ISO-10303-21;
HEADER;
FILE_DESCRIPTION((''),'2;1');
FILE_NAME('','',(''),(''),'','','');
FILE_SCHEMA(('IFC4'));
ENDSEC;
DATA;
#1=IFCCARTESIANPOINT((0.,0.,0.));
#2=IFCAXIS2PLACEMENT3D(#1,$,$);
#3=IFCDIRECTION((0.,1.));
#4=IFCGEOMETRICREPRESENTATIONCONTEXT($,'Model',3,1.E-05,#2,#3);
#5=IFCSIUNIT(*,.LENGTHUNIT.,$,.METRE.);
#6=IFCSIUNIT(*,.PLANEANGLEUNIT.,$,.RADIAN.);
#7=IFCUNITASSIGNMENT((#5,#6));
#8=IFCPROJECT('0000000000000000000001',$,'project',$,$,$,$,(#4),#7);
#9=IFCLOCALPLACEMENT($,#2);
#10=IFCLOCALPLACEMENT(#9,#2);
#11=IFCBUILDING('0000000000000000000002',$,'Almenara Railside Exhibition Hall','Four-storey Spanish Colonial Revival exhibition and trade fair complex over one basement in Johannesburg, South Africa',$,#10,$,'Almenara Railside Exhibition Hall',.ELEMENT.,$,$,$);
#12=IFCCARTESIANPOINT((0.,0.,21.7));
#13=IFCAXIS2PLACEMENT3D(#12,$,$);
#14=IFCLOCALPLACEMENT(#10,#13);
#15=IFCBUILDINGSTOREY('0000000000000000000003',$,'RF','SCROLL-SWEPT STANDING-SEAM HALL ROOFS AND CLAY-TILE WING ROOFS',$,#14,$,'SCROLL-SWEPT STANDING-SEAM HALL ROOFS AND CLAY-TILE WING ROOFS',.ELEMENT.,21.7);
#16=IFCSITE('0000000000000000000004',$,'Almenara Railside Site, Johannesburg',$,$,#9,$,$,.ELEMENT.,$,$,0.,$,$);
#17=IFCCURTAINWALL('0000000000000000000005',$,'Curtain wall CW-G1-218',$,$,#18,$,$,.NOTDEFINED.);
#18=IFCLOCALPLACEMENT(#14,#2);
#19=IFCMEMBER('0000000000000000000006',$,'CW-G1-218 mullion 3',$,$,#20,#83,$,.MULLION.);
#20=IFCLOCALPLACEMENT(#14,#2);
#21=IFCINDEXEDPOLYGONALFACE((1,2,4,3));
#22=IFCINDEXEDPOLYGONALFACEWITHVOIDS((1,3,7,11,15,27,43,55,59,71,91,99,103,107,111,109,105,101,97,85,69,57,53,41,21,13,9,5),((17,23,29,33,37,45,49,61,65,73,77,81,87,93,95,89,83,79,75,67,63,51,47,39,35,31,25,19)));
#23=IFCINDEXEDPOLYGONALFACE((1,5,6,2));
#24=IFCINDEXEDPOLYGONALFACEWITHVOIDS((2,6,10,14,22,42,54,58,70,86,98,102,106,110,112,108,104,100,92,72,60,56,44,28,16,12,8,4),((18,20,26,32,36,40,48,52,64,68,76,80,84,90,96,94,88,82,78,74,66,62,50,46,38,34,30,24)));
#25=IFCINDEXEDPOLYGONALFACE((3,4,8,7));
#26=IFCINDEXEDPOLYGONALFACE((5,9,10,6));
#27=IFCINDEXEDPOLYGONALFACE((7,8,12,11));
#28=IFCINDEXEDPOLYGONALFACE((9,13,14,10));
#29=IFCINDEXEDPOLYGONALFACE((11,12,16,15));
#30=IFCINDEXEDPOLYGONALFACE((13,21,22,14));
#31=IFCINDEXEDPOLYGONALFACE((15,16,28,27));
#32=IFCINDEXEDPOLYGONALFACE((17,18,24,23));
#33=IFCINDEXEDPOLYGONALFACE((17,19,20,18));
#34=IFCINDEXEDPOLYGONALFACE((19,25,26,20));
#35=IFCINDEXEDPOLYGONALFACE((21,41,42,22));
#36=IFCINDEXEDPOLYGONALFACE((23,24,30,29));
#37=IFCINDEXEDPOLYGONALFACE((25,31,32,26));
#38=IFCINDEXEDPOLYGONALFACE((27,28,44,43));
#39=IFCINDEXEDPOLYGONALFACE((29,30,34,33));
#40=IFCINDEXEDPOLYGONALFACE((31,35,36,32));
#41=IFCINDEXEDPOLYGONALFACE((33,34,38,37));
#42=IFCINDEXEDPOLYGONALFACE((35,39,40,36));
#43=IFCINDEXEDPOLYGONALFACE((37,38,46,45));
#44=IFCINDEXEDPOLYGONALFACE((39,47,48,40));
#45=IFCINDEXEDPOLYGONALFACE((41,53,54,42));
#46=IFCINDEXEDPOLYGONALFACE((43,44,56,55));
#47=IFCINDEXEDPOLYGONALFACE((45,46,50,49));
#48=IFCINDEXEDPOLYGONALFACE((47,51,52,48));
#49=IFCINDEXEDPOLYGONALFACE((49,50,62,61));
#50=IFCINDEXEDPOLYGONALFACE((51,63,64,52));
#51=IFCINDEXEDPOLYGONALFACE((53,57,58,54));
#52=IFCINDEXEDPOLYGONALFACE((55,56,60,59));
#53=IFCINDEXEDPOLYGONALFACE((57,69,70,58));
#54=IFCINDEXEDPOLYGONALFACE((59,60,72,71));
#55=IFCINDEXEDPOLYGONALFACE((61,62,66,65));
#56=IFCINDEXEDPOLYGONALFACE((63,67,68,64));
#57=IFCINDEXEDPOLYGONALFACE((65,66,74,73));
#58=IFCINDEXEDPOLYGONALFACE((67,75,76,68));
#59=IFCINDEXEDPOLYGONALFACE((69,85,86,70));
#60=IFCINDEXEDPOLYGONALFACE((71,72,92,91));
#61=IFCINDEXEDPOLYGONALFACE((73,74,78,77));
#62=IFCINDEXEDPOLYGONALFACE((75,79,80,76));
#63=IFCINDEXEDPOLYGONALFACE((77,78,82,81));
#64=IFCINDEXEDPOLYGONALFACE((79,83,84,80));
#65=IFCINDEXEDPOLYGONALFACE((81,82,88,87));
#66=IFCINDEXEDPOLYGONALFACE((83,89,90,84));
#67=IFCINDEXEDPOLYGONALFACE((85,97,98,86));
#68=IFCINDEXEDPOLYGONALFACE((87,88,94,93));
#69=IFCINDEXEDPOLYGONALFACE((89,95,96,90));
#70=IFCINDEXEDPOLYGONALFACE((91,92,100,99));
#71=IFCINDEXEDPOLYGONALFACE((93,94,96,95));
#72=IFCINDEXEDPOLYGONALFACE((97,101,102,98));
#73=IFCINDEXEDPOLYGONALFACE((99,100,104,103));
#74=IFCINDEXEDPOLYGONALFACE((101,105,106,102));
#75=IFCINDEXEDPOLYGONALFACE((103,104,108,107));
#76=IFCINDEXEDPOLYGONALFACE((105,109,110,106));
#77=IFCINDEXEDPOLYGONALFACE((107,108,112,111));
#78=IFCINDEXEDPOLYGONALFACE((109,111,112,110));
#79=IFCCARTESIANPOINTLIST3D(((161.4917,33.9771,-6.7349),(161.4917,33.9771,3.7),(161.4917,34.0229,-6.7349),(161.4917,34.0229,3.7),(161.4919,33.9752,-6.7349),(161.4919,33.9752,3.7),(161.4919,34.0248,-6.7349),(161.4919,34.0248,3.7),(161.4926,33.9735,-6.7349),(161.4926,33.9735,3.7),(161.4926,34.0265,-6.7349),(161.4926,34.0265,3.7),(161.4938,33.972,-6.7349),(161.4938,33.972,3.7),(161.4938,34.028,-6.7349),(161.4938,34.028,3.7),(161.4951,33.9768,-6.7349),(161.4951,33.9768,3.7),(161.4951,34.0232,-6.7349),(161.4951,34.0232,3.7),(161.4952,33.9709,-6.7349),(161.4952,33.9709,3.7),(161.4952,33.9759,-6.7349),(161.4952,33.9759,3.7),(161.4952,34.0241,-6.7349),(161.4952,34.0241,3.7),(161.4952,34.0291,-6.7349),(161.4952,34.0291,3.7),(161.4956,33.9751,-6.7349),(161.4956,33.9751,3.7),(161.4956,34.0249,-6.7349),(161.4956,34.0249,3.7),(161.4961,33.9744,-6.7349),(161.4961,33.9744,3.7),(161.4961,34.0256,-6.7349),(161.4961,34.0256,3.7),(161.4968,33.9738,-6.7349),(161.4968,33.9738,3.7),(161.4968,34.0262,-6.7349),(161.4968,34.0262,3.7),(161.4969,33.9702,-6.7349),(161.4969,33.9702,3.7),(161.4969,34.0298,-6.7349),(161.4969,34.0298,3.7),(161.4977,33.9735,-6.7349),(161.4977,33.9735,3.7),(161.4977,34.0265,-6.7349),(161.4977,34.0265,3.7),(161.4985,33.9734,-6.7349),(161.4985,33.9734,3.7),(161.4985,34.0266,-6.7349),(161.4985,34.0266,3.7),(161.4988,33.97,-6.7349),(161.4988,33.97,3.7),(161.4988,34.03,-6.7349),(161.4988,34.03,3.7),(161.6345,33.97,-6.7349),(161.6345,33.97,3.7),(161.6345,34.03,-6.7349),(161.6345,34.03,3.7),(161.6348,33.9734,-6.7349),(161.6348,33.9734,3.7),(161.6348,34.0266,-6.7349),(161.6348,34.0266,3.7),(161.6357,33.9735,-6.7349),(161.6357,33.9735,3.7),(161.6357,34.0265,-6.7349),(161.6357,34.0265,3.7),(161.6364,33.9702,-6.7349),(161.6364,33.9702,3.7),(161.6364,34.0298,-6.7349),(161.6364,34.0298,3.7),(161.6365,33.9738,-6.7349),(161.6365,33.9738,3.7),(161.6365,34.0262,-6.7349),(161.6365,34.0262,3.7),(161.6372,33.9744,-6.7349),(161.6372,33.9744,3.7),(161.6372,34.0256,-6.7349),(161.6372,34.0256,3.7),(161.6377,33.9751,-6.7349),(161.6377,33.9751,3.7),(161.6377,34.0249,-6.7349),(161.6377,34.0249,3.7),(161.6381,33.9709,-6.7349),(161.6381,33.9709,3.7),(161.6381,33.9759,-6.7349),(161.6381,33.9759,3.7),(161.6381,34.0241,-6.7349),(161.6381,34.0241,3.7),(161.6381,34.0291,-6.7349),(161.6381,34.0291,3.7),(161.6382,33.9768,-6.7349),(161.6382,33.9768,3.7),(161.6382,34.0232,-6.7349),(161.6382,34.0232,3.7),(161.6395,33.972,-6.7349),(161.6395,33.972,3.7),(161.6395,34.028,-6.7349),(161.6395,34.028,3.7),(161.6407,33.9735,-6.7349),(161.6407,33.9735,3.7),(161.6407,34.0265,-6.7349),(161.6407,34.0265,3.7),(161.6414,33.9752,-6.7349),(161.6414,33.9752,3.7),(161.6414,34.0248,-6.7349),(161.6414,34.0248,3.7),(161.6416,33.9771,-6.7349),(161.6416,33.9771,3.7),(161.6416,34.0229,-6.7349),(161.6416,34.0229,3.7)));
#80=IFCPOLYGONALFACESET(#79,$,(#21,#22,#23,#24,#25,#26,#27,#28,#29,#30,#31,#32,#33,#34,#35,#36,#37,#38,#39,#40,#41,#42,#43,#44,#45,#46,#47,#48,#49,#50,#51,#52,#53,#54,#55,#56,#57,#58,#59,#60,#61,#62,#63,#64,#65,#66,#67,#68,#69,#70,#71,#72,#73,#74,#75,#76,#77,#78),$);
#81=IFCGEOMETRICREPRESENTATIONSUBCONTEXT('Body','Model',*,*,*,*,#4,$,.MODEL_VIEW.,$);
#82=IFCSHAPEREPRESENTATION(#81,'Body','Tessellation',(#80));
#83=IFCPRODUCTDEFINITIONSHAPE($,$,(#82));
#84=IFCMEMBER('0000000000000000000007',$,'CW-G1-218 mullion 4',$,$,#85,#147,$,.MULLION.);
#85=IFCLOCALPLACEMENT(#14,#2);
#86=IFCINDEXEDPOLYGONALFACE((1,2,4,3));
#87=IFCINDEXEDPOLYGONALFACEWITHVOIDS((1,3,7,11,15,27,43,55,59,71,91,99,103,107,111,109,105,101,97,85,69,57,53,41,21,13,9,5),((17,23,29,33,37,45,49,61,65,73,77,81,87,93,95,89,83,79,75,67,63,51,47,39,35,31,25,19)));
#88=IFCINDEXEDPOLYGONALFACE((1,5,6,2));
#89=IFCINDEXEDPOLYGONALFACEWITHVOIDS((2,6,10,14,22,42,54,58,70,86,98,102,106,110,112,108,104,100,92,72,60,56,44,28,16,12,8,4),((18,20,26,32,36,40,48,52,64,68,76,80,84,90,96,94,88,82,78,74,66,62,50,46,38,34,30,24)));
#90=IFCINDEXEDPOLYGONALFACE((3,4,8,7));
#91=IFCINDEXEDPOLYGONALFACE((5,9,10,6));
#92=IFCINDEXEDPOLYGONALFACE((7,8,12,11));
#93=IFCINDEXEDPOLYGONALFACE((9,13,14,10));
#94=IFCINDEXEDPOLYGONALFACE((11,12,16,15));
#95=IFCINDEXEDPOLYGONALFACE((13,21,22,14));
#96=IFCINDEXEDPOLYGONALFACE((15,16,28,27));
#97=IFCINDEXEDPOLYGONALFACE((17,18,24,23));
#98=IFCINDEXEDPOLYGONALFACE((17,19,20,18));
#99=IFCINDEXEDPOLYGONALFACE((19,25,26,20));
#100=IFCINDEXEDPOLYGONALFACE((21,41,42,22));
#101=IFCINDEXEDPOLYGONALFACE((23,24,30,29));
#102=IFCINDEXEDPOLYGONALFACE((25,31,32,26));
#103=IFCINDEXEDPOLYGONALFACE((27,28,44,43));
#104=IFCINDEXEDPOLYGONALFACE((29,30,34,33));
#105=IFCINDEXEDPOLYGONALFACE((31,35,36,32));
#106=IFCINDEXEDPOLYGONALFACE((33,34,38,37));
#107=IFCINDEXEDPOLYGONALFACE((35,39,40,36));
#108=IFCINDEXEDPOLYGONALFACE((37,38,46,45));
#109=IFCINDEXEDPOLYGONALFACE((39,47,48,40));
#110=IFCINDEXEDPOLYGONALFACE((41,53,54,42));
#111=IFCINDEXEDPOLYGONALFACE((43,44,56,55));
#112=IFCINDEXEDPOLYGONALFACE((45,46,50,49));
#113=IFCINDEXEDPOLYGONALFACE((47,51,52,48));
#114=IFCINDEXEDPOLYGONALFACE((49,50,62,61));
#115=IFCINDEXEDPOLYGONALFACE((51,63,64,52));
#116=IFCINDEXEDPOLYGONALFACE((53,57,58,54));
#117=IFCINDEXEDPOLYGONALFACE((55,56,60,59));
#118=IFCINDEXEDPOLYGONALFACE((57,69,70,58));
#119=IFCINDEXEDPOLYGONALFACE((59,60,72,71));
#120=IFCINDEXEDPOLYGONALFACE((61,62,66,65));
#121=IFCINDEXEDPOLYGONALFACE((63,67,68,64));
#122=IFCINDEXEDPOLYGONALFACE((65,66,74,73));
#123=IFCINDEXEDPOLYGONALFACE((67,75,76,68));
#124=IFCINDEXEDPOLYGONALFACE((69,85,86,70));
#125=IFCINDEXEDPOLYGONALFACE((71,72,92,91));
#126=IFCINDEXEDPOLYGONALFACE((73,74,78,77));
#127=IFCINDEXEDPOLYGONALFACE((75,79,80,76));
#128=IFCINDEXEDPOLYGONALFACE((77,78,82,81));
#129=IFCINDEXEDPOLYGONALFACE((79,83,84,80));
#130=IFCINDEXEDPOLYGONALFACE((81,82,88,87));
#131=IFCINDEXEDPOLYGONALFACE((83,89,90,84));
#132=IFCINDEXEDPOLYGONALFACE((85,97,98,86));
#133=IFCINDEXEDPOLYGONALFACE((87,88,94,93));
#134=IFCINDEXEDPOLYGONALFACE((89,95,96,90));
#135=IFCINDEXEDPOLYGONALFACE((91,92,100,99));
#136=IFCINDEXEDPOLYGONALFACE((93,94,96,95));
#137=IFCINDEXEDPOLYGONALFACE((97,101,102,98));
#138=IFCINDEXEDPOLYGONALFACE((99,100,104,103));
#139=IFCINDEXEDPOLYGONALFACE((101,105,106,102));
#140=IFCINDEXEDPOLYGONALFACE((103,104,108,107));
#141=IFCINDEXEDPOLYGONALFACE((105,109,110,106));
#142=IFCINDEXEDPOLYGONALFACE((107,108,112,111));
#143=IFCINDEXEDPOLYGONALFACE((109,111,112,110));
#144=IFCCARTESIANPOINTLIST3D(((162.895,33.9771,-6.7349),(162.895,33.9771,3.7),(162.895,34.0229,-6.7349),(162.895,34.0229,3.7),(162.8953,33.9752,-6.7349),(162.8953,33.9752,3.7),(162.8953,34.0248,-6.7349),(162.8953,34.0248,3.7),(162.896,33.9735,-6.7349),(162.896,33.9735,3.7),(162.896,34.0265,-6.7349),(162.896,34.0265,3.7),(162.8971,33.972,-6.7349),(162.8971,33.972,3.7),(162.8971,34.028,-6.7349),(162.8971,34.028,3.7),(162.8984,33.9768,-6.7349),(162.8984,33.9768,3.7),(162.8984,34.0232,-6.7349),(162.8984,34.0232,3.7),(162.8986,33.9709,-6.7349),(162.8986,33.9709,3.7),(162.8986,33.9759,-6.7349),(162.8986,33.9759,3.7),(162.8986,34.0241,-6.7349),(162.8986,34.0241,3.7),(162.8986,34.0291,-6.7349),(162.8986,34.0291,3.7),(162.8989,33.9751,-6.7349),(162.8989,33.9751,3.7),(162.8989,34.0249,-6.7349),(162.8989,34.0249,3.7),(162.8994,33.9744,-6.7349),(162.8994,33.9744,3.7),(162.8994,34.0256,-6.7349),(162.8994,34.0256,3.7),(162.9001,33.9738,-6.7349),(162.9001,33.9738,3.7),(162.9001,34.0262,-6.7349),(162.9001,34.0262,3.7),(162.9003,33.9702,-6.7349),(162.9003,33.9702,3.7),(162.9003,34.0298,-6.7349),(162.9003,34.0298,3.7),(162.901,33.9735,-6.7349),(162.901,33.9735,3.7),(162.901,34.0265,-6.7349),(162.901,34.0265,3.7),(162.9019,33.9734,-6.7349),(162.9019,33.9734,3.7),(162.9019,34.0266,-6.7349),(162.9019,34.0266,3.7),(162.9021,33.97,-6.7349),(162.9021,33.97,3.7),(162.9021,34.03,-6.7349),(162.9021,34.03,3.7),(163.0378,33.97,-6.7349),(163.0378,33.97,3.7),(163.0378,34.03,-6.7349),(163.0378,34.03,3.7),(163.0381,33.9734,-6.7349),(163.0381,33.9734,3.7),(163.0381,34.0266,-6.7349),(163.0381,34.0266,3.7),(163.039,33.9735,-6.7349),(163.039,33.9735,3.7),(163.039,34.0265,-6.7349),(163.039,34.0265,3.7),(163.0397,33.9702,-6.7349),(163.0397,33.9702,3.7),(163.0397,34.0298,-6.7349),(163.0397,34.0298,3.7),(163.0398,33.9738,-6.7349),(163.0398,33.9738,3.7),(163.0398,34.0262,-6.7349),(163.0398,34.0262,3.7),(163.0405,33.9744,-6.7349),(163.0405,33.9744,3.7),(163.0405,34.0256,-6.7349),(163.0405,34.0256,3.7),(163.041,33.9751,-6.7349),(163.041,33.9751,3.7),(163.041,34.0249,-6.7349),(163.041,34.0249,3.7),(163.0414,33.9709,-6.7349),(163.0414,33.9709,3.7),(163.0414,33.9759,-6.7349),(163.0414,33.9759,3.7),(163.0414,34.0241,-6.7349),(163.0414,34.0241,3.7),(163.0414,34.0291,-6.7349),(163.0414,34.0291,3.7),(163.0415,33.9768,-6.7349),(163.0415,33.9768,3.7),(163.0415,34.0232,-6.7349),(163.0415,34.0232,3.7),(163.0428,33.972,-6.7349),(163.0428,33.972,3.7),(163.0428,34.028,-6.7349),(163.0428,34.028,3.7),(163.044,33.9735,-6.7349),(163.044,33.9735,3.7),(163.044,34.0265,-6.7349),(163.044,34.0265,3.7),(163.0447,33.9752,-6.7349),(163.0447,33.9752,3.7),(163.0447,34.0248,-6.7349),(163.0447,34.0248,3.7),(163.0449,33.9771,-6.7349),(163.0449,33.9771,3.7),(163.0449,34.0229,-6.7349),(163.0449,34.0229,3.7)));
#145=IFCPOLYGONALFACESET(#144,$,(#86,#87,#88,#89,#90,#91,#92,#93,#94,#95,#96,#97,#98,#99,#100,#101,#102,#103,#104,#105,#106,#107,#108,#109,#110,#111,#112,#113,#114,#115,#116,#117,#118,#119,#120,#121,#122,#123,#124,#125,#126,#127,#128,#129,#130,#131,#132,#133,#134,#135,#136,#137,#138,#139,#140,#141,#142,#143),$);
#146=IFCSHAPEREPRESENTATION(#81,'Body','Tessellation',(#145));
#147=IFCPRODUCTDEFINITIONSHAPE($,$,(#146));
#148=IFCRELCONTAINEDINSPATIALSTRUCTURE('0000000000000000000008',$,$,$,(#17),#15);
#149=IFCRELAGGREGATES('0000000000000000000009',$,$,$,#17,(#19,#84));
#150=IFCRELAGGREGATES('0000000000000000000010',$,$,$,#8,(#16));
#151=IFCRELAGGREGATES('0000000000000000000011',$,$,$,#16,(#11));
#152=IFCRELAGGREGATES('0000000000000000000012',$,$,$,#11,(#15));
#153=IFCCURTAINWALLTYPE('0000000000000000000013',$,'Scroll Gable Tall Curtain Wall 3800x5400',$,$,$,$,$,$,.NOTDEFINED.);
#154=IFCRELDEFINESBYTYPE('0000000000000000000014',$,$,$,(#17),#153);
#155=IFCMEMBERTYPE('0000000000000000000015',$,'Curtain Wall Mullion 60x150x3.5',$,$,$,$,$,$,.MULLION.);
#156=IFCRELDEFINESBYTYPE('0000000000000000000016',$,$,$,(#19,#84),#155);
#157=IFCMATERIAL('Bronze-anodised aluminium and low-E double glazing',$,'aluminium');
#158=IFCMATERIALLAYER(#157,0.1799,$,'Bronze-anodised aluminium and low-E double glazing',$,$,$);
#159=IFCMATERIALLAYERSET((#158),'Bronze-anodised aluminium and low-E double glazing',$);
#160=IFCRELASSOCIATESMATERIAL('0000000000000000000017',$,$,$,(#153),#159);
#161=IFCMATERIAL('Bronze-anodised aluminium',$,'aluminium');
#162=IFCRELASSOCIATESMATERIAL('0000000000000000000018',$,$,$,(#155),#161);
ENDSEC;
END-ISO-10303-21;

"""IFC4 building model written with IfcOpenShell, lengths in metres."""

from ifc_helpers import new_model, si_unit, direction, frame, origin, origin_2d, place, context, subcontext, project, spatial, hollow_rectangle, extrude, material, layer, layer_set, material_profile, profile_set, type_object, element, aggregate, save


model = new_model("IFC4")

# Units and contexts
model_context = context("Model", 3, precision=1e-05, world=origin(), true_north=direction((0.0, 1.0)))
body_context = subcontext(model_context, "Body", "Model", "MODEL_VIEW")
ifc_project = project(units=[si_unit("LENGTHUNIT", "METRE"), si_unit("PLANEANGLEUNIT", "RADIAN")], contexts=[model_context])

# Site, building, storey
site_placement = place(None, origin())
site = spatial("IfcSite", under=ifc_project, at=site_placement, Name="Almenara Railside Site, Johannesburg", CompositionType="ELEMENT", RefElevation=0.0)
building_placement = place(site_placement, origin())
building = spatial("IfcBuilding", under=site, at=building_placement, Name="Almenara Railside Exhibition Hall", Description="Four-storey Spanish Colonial Revival exhibition and trade fair complex over one basement in Johannesburg, South Africa", LongName="Almenara Railside Exhibition Hall", CompositionType="ELEMENT")
storey_placement = place(building_placement, frame((0.0, 0.0, 21.7)))
storey = spatial("IfcBuildingStorey", under=building, at=storey_placement, Name="RF", Description="SCROLL-SWEPT STANDING-SEAM HALL ROOFS AND CLAY-TILE WING ROOFS", LongName="SCROLL-SWEPT STANDING-SEAM HALL ROOFS AND CLAY-TILE WING ROOFS", CompositionType="ELEMENT", Elevation=21.7)

# Curtain wall, members
ifc_material_1 = material(Name="Bronze-anodised aluminium and low-E double glazing", Category="aluminium")
ifc_layer_1 = layer(ifc_material_1, 0.1799, Name="Bronze-anodised aluminium and low-E double glazing")
ifc_layer_set_1 = layer_set([ifc_layer_1], Name="Bronze-anodised aluminium and low-E double glazing")
curtain_wall_type = type_object("IfcCurtainWallType", Name="Scroll Gable Tall Curtain Wall 3800x5400", PredefinedType="NOTDEFINED", material=ifc_layer_set_1)
ifc_material_2 = material(Name="Bronze-anodised aluminium", Category="aluminium")
curtain_wall_1_placement = place(storey_placement, origin())
curtain_wall_1 = element("IfcCurtainWall", 1, at=curtain_wall_1_placement, inside=storey, type_object=curtain_wall_type, Name="Curtain wall CW-G1-218", PredefinedType="NOTDEFINED")
ifc_material_profile_1 = material_profile(ifc_material_2, hollow_rectangle(XDim=0.0601, YDim=0.1499, WallThickness=0.0034, InnerFilletRadius=0.0034, OuterFilletRadius=0.0071, at=origin_2d()), Name="ALU-MUL 60x150x3.5")
ifc_profile_set_1 = profile_set([ifc_material_profile_1], Name="Bronze-anodised aluminium")
member_type_1 = type_object("IfcMemberType", Name="Curtain Wall Mullion 60x150x3.5", PredefinedType="MULLION", material=ifc_profile_set_1)
member_1_placement = place(storey_placement, frame((161.5667, 34.0, -6.7349), z_axis=(0.0, 0.0, 1.0), x_axis=(0.0, 1.0, 0.0)))
member_1 = element("IfcMember", 2, at=member_1_placement, type_object=member_type_1, Name="CW-G1-218 mullion 3", PredefinedType="MULLION", context=body_context, shape_type="SweptSolid", body=[
    extrude(hollow_rectangle(XDim=0.0601, YDim=0.1499, WallThickness=0.0034, InnerFilletRadius=0.0034, OuterFilletRadius=0.0071, at=origin_2d()), origin(), (0.0, 0.0, 1.0), 10.4348),
])
member_2_placement = place(storey_placement, frame((162.97, 34.0, -6.7349), z_axis=(0.0, 0.0, 1.0), x_axis=(0.0, 1.0, 0.0)))
member_2 = element("IfcMember", 3, at=member_2_placement, type_object=member_type_1, Name="CW-G1-218 mullion 4", PredefinedType="MULLION", context=body_context, shape_type="SweptSolid", body=[
    extrude(hollow_rectangle(XDim=0.0601, YDim=0.1499, WallThickness=0.0034, InnerFilletRadius=0.0034, OuterFilletRadius=0.0071, at=origin_2d()), origin(), (0.0, 0.0, 1.0), 10.4348),
])

aggregate(curtain_wall_1, [member_1, member_2])

save(model, "model.ifc")
